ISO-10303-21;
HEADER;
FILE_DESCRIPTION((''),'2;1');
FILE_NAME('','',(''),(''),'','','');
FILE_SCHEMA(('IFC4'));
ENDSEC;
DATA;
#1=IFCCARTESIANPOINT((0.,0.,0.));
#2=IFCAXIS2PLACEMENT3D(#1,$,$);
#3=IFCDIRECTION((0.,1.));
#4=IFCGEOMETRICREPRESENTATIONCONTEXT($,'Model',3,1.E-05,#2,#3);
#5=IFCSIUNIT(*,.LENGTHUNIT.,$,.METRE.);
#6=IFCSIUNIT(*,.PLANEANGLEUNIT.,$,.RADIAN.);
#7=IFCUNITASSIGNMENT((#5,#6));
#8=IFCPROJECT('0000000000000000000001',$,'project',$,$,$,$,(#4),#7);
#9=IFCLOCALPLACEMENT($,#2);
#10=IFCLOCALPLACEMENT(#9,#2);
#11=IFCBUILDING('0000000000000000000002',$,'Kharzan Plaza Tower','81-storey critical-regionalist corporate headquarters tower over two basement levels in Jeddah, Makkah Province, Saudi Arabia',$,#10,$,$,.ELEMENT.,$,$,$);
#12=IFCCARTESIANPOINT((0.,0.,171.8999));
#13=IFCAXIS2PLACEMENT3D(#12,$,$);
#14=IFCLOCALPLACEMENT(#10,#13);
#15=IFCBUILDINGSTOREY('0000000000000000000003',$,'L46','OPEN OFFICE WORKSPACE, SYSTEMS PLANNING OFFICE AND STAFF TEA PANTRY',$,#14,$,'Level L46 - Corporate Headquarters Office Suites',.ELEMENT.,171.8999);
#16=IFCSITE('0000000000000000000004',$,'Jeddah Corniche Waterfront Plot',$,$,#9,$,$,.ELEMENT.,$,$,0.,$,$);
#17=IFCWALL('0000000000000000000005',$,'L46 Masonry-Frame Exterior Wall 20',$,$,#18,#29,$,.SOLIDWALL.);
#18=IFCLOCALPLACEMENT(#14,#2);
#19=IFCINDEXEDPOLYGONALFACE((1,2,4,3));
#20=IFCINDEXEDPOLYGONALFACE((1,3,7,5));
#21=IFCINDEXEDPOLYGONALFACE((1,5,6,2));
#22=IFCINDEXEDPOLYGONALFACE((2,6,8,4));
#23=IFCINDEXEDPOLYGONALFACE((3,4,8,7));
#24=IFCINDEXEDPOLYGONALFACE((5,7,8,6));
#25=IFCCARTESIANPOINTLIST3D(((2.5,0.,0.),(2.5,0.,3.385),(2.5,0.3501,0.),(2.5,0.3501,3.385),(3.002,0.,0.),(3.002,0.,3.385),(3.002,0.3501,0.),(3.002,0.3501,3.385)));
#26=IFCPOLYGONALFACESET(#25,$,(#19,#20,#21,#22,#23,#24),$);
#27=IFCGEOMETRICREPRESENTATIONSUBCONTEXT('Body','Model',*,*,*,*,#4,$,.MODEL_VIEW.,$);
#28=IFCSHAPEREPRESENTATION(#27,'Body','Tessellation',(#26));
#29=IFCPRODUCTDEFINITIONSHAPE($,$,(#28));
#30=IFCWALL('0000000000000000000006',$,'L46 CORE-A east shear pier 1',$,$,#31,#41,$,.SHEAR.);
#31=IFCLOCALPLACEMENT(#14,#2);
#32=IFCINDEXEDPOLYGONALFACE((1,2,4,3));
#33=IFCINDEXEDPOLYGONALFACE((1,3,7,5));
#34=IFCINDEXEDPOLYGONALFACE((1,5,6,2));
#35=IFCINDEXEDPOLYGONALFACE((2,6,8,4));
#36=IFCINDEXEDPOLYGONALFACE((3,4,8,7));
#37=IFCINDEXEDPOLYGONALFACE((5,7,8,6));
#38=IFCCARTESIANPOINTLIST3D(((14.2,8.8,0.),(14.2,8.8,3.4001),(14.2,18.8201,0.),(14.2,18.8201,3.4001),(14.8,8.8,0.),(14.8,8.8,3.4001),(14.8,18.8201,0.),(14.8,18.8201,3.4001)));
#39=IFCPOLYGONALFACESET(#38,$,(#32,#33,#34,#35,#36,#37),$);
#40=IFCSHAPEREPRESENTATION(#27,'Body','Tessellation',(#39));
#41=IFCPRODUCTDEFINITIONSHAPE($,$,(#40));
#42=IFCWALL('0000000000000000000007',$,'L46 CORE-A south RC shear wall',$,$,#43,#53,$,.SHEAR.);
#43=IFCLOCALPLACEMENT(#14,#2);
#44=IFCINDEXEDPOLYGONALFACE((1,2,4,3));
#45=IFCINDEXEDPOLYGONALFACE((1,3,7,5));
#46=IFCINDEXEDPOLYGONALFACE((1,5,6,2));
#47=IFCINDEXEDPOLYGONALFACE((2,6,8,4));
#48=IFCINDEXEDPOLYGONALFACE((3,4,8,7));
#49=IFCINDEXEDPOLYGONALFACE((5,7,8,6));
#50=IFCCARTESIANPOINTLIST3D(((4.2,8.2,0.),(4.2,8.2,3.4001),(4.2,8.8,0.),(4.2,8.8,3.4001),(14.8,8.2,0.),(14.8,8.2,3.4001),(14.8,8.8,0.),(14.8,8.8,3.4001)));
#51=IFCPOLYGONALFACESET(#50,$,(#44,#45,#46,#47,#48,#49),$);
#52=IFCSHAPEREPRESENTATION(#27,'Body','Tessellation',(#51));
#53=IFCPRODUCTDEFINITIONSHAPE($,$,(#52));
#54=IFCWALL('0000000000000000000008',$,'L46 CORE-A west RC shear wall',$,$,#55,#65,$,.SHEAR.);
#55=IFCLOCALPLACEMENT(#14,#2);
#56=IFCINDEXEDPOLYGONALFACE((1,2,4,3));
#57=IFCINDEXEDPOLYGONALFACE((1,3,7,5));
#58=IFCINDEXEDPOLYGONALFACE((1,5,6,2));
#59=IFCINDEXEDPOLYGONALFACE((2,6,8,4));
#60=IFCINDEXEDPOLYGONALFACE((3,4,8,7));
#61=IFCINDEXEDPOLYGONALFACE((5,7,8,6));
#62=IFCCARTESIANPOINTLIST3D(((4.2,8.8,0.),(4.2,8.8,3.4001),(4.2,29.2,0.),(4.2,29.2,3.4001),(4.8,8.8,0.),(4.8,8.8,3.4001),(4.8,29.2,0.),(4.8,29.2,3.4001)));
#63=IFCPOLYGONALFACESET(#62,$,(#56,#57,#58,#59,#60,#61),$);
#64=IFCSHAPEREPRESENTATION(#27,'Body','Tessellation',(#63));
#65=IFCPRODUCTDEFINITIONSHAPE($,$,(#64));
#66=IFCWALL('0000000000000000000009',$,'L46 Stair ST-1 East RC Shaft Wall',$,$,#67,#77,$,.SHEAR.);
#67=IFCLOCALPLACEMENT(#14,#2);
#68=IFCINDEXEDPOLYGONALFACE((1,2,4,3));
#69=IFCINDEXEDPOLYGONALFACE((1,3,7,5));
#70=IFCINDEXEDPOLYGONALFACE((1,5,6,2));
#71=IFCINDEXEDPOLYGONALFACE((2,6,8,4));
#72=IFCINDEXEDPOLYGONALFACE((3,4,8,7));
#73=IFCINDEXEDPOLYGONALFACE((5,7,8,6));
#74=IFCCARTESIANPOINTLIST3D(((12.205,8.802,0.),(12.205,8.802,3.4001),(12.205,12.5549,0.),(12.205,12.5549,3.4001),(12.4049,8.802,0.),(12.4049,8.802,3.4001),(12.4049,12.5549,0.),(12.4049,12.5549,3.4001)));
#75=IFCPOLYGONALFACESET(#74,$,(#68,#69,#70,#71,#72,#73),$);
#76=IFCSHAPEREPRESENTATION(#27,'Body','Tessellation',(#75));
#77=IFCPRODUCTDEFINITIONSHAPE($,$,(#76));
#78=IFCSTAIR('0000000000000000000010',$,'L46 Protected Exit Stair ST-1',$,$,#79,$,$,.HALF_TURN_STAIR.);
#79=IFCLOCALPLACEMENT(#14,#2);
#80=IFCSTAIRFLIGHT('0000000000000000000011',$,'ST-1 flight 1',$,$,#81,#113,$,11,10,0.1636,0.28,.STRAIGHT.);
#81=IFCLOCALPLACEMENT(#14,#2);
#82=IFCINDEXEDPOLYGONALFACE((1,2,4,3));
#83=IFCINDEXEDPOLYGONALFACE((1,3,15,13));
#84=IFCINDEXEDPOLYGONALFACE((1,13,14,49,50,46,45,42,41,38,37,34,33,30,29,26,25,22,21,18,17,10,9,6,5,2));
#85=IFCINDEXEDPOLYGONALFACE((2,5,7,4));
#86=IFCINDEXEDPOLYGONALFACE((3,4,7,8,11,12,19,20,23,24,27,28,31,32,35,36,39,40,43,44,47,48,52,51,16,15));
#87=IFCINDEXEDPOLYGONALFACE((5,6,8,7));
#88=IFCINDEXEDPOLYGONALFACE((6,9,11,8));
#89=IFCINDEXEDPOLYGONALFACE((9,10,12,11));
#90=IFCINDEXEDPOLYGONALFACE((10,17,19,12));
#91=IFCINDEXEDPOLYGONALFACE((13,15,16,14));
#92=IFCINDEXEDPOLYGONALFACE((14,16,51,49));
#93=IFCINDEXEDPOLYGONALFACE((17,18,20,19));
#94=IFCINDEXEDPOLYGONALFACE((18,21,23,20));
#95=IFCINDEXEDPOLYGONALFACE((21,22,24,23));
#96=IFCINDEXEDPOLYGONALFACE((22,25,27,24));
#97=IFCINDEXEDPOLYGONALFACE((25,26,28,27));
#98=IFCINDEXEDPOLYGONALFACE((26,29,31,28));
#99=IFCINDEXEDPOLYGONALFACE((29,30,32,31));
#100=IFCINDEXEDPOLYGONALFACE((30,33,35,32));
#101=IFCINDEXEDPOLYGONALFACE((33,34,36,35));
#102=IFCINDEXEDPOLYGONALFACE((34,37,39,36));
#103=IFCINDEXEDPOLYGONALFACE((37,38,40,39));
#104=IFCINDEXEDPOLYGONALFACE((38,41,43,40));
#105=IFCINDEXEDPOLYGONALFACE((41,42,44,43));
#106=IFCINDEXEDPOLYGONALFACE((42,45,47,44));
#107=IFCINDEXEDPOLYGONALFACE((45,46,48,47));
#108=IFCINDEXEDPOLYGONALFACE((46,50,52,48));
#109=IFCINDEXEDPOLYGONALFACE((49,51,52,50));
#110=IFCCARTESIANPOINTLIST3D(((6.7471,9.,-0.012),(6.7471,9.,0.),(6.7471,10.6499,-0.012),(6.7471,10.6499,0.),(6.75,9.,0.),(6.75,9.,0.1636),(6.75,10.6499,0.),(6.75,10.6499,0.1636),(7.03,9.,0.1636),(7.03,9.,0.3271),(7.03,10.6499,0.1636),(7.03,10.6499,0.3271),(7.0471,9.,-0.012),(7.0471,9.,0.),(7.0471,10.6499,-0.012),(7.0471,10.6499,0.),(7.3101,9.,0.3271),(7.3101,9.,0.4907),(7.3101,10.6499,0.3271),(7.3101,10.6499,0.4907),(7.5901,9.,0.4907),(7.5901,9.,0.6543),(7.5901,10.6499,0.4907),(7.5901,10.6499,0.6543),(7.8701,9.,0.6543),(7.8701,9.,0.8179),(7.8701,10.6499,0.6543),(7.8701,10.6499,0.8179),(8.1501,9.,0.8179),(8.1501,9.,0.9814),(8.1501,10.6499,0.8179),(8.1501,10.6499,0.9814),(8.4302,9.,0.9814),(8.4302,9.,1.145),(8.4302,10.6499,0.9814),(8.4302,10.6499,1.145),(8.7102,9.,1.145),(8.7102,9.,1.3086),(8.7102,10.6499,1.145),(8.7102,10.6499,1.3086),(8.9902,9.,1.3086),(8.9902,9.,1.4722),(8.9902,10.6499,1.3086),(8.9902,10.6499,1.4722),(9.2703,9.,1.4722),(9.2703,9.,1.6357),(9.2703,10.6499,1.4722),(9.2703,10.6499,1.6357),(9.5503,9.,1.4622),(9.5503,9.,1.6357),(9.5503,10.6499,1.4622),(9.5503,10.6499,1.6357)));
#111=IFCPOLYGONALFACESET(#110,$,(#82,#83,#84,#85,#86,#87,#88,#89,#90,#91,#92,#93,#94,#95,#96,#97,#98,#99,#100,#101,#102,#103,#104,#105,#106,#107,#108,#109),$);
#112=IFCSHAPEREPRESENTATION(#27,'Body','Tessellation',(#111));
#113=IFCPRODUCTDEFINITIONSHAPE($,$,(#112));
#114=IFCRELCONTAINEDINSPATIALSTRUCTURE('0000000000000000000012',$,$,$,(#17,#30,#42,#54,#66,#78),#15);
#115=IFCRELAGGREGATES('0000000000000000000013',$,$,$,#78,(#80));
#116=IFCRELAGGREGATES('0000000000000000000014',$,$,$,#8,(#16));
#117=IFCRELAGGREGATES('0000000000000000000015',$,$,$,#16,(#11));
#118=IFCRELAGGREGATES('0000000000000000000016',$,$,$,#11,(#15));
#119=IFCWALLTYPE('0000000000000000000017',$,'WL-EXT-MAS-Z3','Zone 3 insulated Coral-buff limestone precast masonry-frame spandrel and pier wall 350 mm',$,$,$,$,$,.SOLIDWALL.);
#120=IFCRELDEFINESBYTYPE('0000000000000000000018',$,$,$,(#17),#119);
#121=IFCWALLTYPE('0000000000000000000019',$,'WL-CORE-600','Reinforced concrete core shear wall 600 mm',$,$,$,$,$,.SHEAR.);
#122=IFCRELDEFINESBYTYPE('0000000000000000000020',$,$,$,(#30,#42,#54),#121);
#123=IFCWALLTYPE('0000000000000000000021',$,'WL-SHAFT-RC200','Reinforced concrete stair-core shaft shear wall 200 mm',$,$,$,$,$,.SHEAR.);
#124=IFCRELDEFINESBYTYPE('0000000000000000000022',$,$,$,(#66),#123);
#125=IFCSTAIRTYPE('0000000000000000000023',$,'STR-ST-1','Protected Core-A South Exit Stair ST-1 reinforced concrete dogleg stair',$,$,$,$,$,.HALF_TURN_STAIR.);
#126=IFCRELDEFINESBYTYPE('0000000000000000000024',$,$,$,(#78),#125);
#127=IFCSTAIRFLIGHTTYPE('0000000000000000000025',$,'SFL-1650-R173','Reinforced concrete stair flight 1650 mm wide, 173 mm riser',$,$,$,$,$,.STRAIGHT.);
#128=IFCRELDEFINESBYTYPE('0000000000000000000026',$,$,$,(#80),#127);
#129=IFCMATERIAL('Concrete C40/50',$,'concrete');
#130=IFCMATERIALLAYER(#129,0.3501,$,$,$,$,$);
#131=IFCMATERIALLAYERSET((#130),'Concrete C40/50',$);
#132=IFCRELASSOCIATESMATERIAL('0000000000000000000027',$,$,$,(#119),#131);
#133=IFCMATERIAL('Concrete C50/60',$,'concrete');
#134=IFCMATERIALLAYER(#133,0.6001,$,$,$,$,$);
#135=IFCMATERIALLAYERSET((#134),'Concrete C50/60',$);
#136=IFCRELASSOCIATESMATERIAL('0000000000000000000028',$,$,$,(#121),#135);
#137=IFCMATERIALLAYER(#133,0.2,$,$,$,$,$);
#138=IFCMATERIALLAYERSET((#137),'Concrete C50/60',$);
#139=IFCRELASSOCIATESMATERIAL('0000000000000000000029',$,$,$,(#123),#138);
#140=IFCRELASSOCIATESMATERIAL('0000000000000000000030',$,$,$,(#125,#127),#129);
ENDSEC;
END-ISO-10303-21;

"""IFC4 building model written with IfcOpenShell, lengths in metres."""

from ifc_helpers import new_model, si_unit, direction, frame, frame_2d, origin, place, context, subcontext, project, spatial, polyline, rectangle, outline, extrude, source, transform, mapped, material, layer, layer_set, type_object, element, aggregate, save


model = new_model("IFC4")

# Units and contexts
model_context = context("Model", 3, precision=1e-05, world=origin(), true_north=direction((0.0, 1.0)))
body_context = subcontext(model_context, "Body", "Model", "MODEL_VIEW")
ifc_project = project(units=[si_unit("LENGTHUNIT", "METRE"), si_unit("PLANEANGLEUNIT", "RADIAN")], contexts=[model_context])

# Site, building, storey
site_placement = place(None, origin())
site = spatial("IfcSite", under=ifc_project, at=site_placement, Name="Jeddah Corniche Waterfront Plot", CompositionType="ELEMENT", RefElevation=0.0)
building_placement = place(site_placement, origin())
building = spatial("IfcBuilding", under=site, at=building_placement, Name="Kharzan Plaza Tower", Description="81-storey critical-regionalist corporate headquarters tower over two basement levels in Jeddah, Makkah Province, Saudi Arabia", CompositionType="ELEMENT")
storey_placement = place(building_placement, frame((0.0, 0.0, 171.8999)))
storey = spatial("IfcBuildingStorey", under=building, at=storey_placement, Name="L46", Description="OPEN OFFICE WORKSPACE, SYSTEMS PLANNING OFFICE AND STAFF TEA PANTRY", LongName="Level L46 - Corporate Headquarters Office Suites", CompositionType="ELEMENT", Elevation=171.8999)

# Shared definitions
ifc_material_1 = material(Name="Concrete C50/60", Category="concrete")

# Shared definitions
ifc_material_2 = material(Name="Concrete C40/50", Category="concrete")
ifc_layer_1 = layer(ifc_material_2, 0.3501)
ifc_layer_set_1 = layer_set([ifc_layer_1], Name="Concrete C40/50")
wall_type_1 = type_object("IfcWallType", Name="WL-EXT-MAS-Z3", Description="Zone 3 insulated Coral-buff limestone precast masonry-frame spandrel and pier wall 350 mm", PredefinedType="SOLIDWALL", material=ifc_layer_set_1)

# Walls
shared_shape_1 = source(origin(), body_context, "Body", "SweptSolid", [
    extrude(rectangle(XDim=0.502, YDim=0.3501, at=frame_2d((0.251, 0.0))), origin(), (0.0, 0.0, 1.0), 3.385),
])
wall_1_placement = place(storey_placement, frame((2.5, 0.175, 0.0), z_axis=(0.0, 0.0, 1.0), x_axis=(1.0, 0.0, 0.0)))
element("IfcWall", 1, at=wall_1_placement, inside=storey, type_object=wall_type_1, Name="L46 Masonry-Frame Exterior Wall 20", PredefinedType="SOLIDWALL", context=body_context, shape_type="MappedRepresentation", body=[
    mapped(shared_shape_1, transform((0.0, 0.0, 0.0), x_axis=(1.0, 0.0, 0.0), y_axis=(0.0, 1.0, 0.0), z_axis=(0.0, 0.0, 1.0))),
])
ifc_layer_2 = layer(ifc_material_1, 0.6001)
ifc_layer_set_2 = layer_set([ifc_layer_2], Name="Concrete C50/60")
wall_type_2 = type_object("IfcWallType", Name="WL-CORE-600", Description="Reinforced concrete core shear wall 600 mm", PredefinedType="SHEAR", material=ifc_layer_set_2)
shared_shape_2 = source(origin(), body_context, "Body", "SweptSolid", [
    extrude(rectangle(XDim=10.02, YDim=0.6001, at=frame_2d((5.01, 0.0))), origin(), (0.0, 0.0, 1.0), 3.4001),
])
wall_2_placement = place(storey_placement, frame((14.5, 8.8, 0.0), z_axis=(0.0, 0.0, 1.0), x_axis=(0.0, 1.0, 0.0)))
element("IfcWall", 2, at=wall_2_placement, inside=storey, type_object=wall_type_2, Name="L46 CORE-A east shear pier 1", PredefinedType="SHEAR", context=body_context, shape_type="MappedRepresentation", body=[
    mapped(shared_shape_2, transform((0.0, 0.0, 0.0), x_axis=(1.0, 0.0, 0.0), y_axis=(0.0, 1.0, 0.0), z_axis=(0.0, 0.0, 1.0))),
])
shared_shape_3 = source(origin(), body_context, "Body", "SweptSolid", [
    extrude(rectangle(XDim=10.6001, YDim=0.6001, at=frame_2d((5.3, 0.0))), origin(), (0.0, 0.0, 1.0), 3.4001),
])
wall_3_placement = place(storey_placement, frame((4.2, 8.5, 0.0), z_axis=(0.0, 0.0, 1.0), x_axis=(1.0, 0.0, 0.0)))
element("IfcWall", 3, at=wall_3_placement, inside=storey, type_object=wall_type_2, Name="L46 CORE-A south RC shear wall", PredefinedType="SHEAR", context=body_context, shape_type="MappedRepresentation", body=[
    mapped(shared_shape_3, transform((0.0, 0.0, 0.0), x_axis=(1.0, 0.0, 0.0), y_axis=(0.0, 1.0, 0.0), z_axis=(0.0, 0.0, 1.0))),
])
shared_shape_4 = source(origin(), body_context, "Body", "SweptSolid", [
    extrude(rectangle(XDim=20.3999, YDim=0.6001, at=frame_2d((10.2, 0.0))), origin(), (0.0, 0.0, 1.0), 3.4001),
])
wall_4_placement = place(storey_placement, frame((4.5, 8.8, 0.0), z_axis=(0.0, 0.0, 1.0), x_axis=(0.0, 1.0, 0.0)))
element("IfcWall", 4, at=wall_4_placement, inside=storey, type_object=wall_type_2, Name="L46 CORE-A west RC shear wall", PredefinedType="SHEAR", context=body_context, shape_type="MappedRepresentation", body=[
    mapped(shared_shape_4, transform((0.0, 0.0, 0.0), x_axis=(1.0, 0.0, 0.0), y_axis=(0.0, 1.0, 0.0), z_axis=(0.0, 0.0, 1.0))),
])
ifc_layer_3 = layer(ifc_material_1, 0.2)
ifc_layer_set_3 = layer_set([ifc_layer_3], Name="Concrete C50/60")
wall_type_3 = type_object("IfcWallType", Name="WL-SHAFT-RC200", Description="Reinforced concrete stair-core shaft shear wall 200 mm", PredefinedType="SHEAR", material=ifc_layer_set_3)
shared_shape_5 = source(origin(), body_context, "Body", "SweptSolid", [
    extrude(rectangle(XDim=3.7529, YDim=0.2, at=frame_2d((1.8765, 0.0))), origin(), (0.0, 0.0, 1.0), 3.4001),
])
wall_5_placement = place(storey_placement, frame((12.3049, 8.802, 0.0), z_axis=(0.0, 0.0, 1.0), x_axis=(0.0, 1.0, 0.0)))
element("IfcWall", 5, at=wall_5_placement, inside=storey, type_object=wall_type_3, Name="L46 Stair ST-1 East RC Shaft Wall", PredefinedType="SHEAR", context=body_context, shape_type="MappedRepresentation", body=[
    mapped(shared_shape_5, transform((0.0, 0.0, 0.0), x_axis=(1.0, 0.0, 0.0), y_axis=(0.0, 1.0, 0.0), z_axis=(0.0, 0.0, 1.0))),
])

# Stair, stair flight
stair_type = type_object("IfcStairType", Name="STR-ST-1", Description="Protected Core-A South Exit Stair ST-1 reinforced concrete dogleg stair", PredefinedType="HALF_TURN_STAIR", material=ifc_material_2)
stair_placement = place(storey_placement, origin())
stair = element("IfcStair", 6, at=stair_placement, inside=storey, type_object=stair_type, Name="L46 Protected Exit Stair ST-1", PredefinedType="HALF_TURN_STAIR")
stair_flight_type = type_object("IfcStairFlightType", Name="SFL-1650-R173", Description="Reinforced concrete stair flight 1650 mm wide, 173 mm riser", PredefinedType="STRAIGHT", material=ifc_material_2)
shared_shape_6 = source(origin(), body_context, "Body", "SweptSolid", [
    extrude(outline(polyline([(-0.0029, -0.012), (-0.0029, 0.0), (0.0, 0.0), (0.0, 0.1636), (0.28, 0.1636), (0.28, 0.3271), (0.5601, 0.3271), (0.5601, 0.4907), (0.8401, 0.4907), (0.8401, 0.6543), (1.1201, 0.6543), (1.1201, 0.8179), (1.4001, 0.8179), (1.4001, 0.9814), (1.6802, 0.9814), (1.6802, 1.145), (1.9602, 1.145), (1.9602, 1.3086), (2.2402, 1.3086), (2.2402, 1.4722), (2.5203, 1.4722), (2.5203, 1.6357), (2.8003, 1.6357), (2.8003, 1.7993), (2.8003, 1.4622), (0.2971, 0.0), (0.2971, -0.012), (-0.0029, -0.012)])), frame((0.0, 0.825, 0.0), z_axis=(0.0, -1.0, 0.0), x_axis=(1.0, 0.0, 0.0)), (0.0, 0.0, 1.0), 1.6499),
])
stair_flight_placement = place(storey_placement, frame((6.75, 9.825, 0.0), z_axis=(0.0, 0.0, 1.0), x_axis=(1.0, 0.0, 0.0)))
stair_flight = element("IfcStairFlight", 7, at=stair_flight_placement, type_object=stair_flight_type, Name="ST-1 flight 1", NumberOfRisers=11, NumberOfTreads=10, PredefinedType="STRAIGHT", RiserHeight=0.1636, TreadLength=0.28, context=body_context, shape_type="MappedRepresentation", body=[
    mapped(shared_shape_6, transform((0.0, 0.0, 0.0), x_axis=(1.0, 0.0, 0.0), y_axis=(0.0, 1.0, 0.0), z_axis=(0.0, 0.0, 1.0))),
])
aggregate(stair, [stair_flight])

save(model, "model.ifc")
